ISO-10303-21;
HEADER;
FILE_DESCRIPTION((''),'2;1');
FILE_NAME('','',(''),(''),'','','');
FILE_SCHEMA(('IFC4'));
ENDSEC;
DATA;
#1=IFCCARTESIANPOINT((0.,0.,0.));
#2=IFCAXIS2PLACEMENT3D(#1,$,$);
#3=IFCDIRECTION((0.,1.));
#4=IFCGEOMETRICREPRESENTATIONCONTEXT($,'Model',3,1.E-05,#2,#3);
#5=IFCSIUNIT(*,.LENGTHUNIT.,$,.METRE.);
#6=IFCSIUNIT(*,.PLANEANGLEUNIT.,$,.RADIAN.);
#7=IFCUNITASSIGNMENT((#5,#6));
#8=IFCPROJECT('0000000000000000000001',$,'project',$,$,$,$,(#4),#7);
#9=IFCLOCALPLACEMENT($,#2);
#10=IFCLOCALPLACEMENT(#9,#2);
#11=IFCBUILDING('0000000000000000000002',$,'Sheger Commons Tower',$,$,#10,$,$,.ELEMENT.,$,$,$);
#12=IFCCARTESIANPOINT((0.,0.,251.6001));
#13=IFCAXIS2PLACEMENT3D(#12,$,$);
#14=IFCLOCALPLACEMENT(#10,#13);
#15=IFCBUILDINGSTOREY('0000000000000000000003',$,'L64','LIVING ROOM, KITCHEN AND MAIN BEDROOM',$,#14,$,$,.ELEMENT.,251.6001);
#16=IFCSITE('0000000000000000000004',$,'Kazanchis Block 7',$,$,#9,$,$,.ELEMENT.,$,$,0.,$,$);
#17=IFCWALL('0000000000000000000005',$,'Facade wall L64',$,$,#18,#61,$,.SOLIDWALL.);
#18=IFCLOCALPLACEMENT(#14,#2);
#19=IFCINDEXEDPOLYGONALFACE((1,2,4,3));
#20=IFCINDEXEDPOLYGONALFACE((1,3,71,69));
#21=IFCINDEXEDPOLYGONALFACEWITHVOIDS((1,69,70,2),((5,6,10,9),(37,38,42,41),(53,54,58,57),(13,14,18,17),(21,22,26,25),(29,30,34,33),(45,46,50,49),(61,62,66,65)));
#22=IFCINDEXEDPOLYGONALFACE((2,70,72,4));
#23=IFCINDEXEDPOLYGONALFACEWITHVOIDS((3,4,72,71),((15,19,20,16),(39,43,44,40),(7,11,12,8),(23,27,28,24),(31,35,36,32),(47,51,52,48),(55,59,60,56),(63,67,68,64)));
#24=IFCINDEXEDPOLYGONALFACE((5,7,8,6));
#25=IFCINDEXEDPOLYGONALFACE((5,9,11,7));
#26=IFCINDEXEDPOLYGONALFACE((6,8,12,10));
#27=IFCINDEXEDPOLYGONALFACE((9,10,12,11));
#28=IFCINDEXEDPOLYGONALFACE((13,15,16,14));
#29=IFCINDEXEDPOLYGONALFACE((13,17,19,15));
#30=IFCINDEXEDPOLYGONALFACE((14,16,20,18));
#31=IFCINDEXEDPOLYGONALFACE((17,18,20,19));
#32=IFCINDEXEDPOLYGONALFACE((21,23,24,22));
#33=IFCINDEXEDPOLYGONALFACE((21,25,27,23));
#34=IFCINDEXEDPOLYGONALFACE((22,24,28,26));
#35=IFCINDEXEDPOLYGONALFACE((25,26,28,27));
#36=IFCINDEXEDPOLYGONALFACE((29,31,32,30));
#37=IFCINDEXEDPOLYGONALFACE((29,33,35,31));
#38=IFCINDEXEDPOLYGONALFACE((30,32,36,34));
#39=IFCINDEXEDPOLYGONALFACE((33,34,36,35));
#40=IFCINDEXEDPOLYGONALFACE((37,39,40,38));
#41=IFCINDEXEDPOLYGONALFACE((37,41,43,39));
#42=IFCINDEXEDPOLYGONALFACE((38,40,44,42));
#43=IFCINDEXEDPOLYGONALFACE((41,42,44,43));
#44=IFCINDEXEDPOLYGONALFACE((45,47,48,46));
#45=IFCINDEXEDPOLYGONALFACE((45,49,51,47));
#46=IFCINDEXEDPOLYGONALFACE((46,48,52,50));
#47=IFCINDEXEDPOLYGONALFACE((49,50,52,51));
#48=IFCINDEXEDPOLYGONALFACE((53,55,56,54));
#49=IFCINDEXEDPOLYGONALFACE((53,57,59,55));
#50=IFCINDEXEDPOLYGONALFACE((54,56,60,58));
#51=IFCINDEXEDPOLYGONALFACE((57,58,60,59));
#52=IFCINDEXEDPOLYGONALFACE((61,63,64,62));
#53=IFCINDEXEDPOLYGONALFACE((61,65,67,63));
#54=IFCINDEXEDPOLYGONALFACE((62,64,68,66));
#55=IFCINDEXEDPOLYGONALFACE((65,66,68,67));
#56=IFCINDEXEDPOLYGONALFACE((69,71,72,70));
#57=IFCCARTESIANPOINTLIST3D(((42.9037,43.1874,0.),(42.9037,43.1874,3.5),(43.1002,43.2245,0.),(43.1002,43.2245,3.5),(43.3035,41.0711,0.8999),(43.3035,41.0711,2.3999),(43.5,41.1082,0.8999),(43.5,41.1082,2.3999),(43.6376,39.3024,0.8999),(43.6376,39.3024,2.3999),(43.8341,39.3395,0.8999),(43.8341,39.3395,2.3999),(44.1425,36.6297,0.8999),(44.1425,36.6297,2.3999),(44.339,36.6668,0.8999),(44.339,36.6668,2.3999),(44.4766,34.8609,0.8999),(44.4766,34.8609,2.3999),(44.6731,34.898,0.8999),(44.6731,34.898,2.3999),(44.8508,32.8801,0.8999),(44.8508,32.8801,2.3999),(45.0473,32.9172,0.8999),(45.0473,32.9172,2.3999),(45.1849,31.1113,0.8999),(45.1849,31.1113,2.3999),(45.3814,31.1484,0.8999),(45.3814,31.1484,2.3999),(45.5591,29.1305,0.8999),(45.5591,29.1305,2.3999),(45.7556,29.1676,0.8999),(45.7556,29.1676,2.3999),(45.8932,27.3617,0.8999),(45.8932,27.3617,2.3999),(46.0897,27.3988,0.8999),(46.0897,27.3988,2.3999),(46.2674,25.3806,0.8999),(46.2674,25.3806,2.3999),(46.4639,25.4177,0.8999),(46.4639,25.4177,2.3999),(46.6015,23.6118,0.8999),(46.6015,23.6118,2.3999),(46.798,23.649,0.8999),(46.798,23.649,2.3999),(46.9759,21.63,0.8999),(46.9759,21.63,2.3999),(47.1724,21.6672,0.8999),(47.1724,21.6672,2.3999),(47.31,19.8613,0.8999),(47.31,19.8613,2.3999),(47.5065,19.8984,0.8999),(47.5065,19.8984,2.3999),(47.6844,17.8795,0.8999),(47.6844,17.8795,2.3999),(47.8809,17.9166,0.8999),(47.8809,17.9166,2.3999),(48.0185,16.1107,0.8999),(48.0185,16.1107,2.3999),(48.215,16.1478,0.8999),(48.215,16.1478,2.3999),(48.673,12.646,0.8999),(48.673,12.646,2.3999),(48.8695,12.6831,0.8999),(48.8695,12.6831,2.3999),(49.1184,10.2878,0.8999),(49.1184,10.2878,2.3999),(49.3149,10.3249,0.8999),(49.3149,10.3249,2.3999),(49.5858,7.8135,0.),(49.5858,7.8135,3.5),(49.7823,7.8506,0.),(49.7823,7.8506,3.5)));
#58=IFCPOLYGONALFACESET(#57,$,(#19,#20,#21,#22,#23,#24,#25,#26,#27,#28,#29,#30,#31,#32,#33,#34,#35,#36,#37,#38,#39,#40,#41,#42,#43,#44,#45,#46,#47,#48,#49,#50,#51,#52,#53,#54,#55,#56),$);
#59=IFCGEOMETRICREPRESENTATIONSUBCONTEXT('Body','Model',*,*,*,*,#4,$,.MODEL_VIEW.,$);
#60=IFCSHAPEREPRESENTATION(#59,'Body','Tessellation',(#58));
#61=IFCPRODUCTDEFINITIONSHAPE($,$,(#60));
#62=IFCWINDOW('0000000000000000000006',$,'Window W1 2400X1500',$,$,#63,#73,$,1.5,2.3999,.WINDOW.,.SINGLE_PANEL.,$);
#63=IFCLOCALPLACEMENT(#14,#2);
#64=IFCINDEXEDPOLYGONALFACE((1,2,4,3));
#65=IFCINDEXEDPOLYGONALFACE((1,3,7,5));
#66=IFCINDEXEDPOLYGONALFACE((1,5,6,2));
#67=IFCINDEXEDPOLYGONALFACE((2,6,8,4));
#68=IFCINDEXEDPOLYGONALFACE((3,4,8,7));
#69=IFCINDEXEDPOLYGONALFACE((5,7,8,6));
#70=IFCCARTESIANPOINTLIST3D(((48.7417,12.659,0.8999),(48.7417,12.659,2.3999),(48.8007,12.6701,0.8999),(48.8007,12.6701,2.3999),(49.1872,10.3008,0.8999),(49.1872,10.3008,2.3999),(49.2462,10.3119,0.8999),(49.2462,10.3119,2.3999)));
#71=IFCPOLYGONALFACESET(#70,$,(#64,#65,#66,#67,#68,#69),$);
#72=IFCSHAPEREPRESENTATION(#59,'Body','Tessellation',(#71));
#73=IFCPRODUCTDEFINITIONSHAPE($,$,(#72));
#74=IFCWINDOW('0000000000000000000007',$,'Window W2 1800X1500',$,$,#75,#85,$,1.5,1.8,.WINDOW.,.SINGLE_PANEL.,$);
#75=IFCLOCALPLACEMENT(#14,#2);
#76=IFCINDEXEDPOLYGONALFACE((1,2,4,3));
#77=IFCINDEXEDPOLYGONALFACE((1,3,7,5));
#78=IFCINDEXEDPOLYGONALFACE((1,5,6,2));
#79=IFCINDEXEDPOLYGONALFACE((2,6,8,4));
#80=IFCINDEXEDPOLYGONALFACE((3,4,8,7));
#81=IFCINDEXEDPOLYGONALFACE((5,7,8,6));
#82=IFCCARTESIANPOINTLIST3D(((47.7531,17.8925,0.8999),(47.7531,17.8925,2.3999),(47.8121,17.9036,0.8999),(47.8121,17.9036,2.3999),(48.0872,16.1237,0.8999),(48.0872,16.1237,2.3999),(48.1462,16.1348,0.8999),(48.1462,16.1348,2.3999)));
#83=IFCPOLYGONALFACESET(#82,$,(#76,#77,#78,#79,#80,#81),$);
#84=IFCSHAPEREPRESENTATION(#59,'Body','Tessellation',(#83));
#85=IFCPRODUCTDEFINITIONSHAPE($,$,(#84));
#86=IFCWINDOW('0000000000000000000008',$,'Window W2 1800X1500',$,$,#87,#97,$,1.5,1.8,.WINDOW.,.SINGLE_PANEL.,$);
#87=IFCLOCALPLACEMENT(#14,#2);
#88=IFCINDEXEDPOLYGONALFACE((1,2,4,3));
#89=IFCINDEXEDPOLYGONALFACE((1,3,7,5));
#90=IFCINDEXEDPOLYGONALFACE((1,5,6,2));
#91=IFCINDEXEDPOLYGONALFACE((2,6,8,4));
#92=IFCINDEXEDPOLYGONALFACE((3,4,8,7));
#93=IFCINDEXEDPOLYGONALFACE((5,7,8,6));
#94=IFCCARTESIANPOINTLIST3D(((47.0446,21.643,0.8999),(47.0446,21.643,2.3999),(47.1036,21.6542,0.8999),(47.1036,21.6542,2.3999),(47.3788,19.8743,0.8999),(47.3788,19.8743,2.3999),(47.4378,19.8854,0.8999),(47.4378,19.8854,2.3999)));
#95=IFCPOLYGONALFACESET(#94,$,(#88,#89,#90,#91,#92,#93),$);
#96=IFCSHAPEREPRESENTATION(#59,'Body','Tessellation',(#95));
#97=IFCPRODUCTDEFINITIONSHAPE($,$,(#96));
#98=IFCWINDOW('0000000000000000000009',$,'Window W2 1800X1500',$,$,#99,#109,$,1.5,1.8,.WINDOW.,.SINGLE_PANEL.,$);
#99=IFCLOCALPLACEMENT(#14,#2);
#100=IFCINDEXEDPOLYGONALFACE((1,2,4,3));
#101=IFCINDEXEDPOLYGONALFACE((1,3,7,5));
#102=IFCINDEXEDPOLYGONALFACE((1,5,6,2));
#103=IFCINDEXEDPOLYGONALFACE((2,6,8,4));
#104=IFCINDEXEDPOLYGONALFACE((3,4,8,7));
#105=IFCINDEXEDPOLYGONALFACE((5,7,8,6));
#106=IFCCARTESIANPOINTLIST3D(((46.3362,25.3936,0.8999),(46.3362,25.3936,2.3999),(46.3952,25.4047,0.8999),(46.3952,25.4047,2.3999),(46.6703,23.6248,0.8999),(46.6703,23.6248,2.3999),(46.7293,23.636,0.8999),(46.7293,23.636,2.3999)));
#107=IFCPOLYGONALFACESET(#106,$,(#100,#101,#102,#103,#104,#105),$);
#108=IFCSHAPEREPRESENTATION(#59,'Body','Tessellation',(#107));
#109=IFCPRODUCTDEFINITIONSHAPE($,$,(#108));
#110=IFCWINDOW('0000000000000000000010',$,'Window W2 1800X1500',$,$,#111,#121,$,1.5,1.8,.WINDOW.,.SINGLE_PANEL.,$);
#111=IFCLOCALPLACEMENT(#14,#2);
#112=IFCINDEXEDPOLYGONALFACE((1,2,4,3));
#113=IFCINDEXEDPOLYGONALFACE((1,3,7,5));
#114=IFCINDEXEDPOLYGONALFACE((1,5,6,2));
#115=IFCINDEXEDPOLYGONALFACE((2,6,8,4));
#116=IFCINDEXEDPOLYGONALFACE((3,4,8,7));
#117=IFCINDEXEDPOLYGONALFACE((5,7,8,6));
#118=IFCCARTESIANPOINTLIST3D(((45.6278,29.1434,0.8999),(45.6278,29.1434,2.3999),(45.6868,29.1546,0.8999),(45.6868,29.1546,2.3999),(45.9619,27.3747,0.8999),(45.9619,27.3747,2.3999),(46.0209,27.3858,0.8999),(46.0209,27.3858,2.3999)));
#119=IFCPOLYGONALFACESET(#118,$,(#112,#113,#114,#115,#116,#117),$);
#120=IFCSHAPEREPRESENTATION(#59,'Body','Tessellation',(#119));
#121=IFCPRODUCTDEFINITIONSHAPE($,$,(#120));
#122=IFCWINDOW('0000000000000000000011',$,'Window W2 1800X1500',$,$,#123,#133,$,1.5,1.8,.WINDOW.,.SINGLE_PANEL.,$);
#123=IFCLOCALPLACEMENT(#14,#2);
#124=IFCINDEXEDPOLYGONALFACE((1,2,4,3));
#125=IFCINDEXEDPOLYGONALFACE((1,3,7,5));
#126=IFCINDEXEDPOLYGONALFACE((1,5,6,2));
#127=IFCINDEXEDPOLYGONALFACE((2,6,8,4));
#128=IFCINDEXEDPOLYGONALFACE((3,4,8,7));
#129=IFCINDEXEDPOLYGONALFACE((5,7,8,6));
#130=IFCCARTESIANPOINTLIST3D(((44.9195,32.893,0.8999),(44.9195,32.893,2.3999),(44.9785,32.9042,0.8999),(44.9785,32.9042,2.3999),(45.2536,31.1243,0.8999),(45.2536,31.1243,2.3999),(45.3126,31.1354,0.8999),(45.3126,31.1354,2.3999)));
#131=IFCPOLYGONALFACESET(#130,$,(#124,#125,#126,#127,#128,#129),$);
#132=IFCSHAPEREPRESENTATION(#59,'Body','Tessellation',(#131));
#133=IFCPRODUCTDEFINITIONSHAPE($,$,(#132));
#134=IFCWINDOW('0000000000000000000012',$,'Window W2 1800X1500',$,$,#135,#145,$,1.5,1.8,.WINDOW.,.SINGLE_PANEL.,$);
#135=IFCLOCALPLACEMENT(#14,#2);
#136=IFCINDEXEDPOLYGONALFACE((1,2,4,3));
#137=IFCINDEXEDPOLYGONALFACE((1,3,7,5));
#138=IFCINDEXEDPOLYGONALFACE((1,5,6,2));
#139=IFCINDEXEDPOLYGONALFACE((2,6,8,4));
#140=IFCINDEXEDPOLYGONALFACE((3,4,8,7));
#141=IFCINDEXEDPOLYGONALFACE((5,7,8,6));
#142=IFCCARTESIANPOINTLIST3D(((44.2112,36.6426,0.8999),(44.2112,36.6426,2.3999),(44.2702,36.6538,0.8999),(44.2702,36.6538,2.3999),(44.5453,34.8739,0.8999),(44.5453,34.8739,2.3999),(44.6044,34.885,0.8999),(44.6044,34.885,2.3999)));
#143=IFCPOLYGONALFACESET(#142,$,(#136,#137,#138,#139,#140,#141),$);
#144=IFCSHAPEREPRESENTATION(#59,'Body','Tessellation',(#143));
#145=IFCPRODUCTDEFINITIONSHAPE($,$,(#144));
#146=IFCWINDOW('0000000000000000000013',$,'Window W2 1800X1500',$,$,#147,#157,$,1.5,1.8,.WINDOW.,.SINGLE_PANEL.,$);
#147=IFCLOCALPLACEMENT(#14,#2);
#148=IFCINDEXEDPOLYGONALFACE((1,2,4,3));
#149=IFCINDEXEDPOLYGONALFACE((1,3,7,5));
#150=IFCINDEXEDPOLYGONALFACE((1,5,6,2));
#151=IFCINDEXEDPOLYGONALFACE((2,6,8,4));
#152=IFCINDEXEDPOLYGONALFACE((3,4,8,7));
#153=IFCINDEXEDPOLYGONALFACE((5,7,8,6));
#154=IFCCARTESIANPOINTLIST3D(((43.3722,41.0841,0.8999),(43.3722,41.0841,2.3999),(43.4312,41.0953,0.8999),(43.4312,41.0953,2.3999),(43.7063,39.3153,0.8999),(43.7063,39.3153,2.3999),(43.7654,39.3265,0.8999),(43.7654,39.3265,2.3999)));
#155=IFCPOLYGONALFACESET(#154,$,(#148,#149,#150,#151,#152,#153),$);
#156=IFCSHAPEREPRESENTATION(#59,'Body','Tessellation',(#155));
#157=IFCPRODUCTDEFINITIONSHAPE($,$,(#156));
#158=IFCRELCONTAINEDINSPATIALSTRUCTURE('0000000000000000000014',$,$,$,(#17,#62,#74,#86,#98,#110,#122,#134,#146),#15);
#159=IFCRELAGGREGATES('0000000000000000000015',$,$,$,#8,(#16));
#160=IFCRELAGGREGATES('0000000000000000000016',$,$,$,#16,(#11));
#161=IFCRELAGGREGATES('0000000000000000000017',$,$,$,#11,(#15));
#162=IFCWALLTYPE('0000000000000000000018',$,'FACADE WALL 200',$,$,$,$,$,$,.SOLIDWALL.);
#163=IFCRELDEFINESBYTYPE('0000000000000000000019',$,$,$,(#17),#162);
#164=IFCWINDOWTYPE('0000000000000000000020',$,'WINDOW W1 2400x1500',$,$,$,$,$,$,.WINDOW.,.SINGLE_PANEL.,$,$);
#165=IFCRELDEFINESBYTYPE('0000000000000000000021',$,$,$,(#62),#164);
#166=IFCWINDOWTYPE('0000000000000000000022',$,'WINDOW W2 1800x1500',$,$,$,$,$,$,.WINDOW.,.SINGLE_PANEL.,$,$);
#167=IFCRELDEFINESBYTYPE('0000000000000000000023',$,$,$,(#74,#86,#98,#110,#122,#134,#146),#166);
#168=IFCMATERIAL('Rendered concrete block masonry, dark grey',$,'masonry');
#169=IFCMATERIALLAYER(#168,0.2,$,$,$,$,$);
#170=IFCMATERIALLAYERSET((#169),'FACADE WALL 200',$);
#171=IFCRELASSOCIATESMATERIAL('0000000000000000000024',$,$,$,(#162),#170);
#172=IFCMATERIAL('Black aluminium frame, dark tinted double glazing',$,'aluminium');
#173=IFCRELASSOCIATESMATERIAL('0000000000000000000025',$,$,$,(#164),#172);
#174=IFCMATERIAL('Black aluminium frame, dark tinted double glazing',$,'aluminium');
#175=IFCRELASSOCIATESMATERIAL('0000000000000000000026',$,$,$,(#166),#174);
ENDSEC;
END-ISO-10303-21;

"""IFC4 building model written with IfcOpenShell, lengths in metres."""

from ifc_helpers import new_model, si_unit, direction, frame, frame_2d, origin, place, context, subcontext, project, spatial, rectangle, extrude, material, layer, layer_set, type_object, element, fill, save


model = new_model("IFC4")

# Units and contexts
model_context = context("Model", 3, precision=1e-05, world=origin(), true_north=direction((0.0, 1.0)))
body_context = subcontext(model_context, "Body", "Model", "MODEL_VIEW")
ifc_project = project(units=[si_unit("LENGTHUNIT", "METRE"), si_unit("PLANEANGLEUNIT", "RADIAN")], contexts=[model_context])

# Site, building, storey
site_placement = place(None, origin())
site = spatial("IfcSite", under=ifc_project, at=site_placement, Name="Kazanchis Block 7", CompositionType="ELEMENT", RefElevation=0.0)
building_placement = place(site_placement, origin())
building = spatial("IfcBuilding", under=site, at=building_placement, Name="Sheger Commons Tower", CompositionType="ELEMENT")
storey_placement = place(building_placement, frame((0.0, 0.0, 251.6001)))
storey = spatial("IfcBuildingStorey", under=building, at=storey_placement, Name="L64", Description="LIVING ROOM, KITCHEN AND MAIN BEDROOM", CompositionType="ELEMENT", Elevation=251.6001)

# Shared definitions
ifc_material_1 = material(Name="Rendered concrete block masonry, dark grey", Category="masonry")
ifc_layer_1 = layer(ifc_material_1, 0.2)
ifc_layer_set_1 = layer_set([ifc_layer_1], Name="FACADE WALL 200")
wall_type_1 = type_object("IfcWallType", Name="FACADE WALL 200", PredefinedType="SOLIDWALL", material=ifc_layer_set_1)

# Wall, openings, windows
wall_1_placement = place(storey_placement, frame((49.6841, 7.832, 0.0), z_axis=(0.0, 0.0, 1.0), x_axis=(-0.185617, 0.982622, 0.0)))
wall_1 = element("IfcWall", 1, at=wall_1_placement, inside=storey, type_object=wall_type_1, Name="Facade wall L64", PredefinedType="SOLIDWALL", context=body_context, shape_type="SweptSolid", body=[
    extrude(rectangle(XDim=35.9995, YDim=0.2, at=frame_2d((17.9998, 0.0))), origin(), (0.0, 0.0, 1.0), 3.5),
])
opening_1_placement = place(wall_1_placement, frame((2.5181, 0.0, 0.8999)))
opening_1 = element("IfcOpeningElement", 2, at=opening_1_placement, cuts=wall_1, PredefinedType="OPENING", context=body_context, shape_type="SweptSolid", body=[
    extrude(rectangle(XDim=2.3999, YDim=1.5, at=frame_2d((1.2, 0.75))), frame((0.0, 0.1099, 0.0), z_axis=(0.0, -1.0, 0.0), x_axis=(1.0, 0.0, 0.0)), (0.0, 0.0, 1.0), 0.22),
])
opening_2_placement = place(wall_1_placement, frame((8.4441, 0.0, 0.8999)))
opening_2 = element("IfcOpeningElement", 3, at=opening_2_placement, cuts=wall_1, PredefinedType="OPENING", context=body_context, shape_type="SweptSolid", body=[
    extrude(rectangle(XDim=1.8, YDim=1.5, at=frame_2d((0.8999, 0.75))), frame((0.0, 0.1099, 0.0), z_axis=(0.0, -1.0, 0.0), x_axis=(1.0, 0.0, 0.0)), (0.0, 0.0, 1.0), 0.22),
])
opening_3_placement = place(wall_1_placement, frame((12.261, 0.0, 0.8999)))
opening_3 = element("IfcOpeningElement", 4, at=opening_3_placement, cuts=wall_1, PredefinedType="OPENING", context=body_context, shape_type="SweptSolid", body=[
    extrude(rectangle(XDim=1.8, YDim=1.5, at=frame_2d((0.8999, 0.75))), frame((0.0, 0.1099, 0.0), z_axis=(0.0, -1.0, 0.0), x_axis=(1.0, 0.0, 0.0)), (0.0, 0.0, 1.0), 0.22),
])
opening_4_placement = place(wall_1_placement, frame((16.0779, 0.0, 0.8999)))
opening_4 = element("IfcOpeningElement", 5, at=opening_4_placement, cuts=wall_1, PredefinedType="OPENING", context=body_context, shape_type="SweptSolid", body=[
    extrude(rectangle(XDim=1.8, YDim=1.5, at=frame_2d((0.8999, 0.75))), frame((0.0, 0.1099, 0.0), z_axis=(0.0, -1.0, 0.0), x_axis=(1.0, 0.0, 0.0)), (0.0, 0.0, 1.0), 0.22),
])
opening_5_placement = place(wall_1_placement, frame((19.894, 0.0, 0.8999)))
opening_5 = element("IfcOpeningElement", 6, at=opening_5_placement, cuts=wall_1, PredefinedType="OPENING", context=body_context, shape_type="SweptSolid", body=[
    extrude(rectangle(XDim=1.8, YDim=1.5, at=frame_2d((0.8999, 0.75))), frame((0.0, 0.1099, 0.0), z_axis=(0.0, -1.0, 0.0), x_axis=(1.0, 0.0, 0.0)), (0.0, 0.0, 1.0), 0.22),
])
opening_6_placement = place(wall_1_placement, frame((23.71, 0.0, 0.8999)))
opening_6 = element("IfcOpeningElement", 7, at=opening_6_placement, cuts=wall_1, PredefinedType="OPENING", context=body_context, shape_type="SweptSolid", body=[
    extrude(rectangle(XDim=1.8, YDim=1.5, at=frame_2d((0.8999, 0.75))), frame((0.0, 0.1099, 0.0), z_axis=(0.0, -1.0, 0.0), x_axis=(1.0, 0.0, 0.0)), (0.0, 0.0, 1.0), 0.22),
])
opening_7_placement = place(wall_1_placement, frame((27.5259, 0.0, 0.8999)))
opening_7 = element("IfcOpeningElement", 8, at=opening_7_placement, cuts=wall_1, PredefinedType="OPENING", context=body_context, shape_type="SweptSolid", body=[
    extrude(rectangle(XDim=1.8, YDim=1.5, at=frame_2d((0.8999, 0.75))), frame((0.0, 0.1099, 0.0), z_axis=(0.0, -1.0, 0.0), x_axis=(1.0, 0.0, 0.0)), (0.0, 0.0, 1.0), 0.22),
])
opening_8_placement = place(wall_1_placement, frame((32.0459, 0.0, 0.8999)))
opening_8 = element("IfcOpeningElement", 9, at=opening_8_placement, cuts=wall_1, PredefinedType="OPENING", context=body_context, shape_type="SweptSolid", body=[
    extrude(rectangle(XDim=1.8, YDim=1.5, at=frame_2d((0.8999, 0.75))), frame((0.0, 0.1099, 0.0), z_axis=(0.0, -1.0, 0.0), x_axis=(1.0, 0.0, 0.0)), (0.0, 0.0, 1.0), 0.22),
])
ifc_material_2 = material(Name="Black aluminium frame, dark tinted double glazing", Category="aluminium")
window_type_1 = type_object("IfcWindowType", Name="WINDOW W1 2400x1500", PartitioningType="SINGLE_PANEL", PredefinedType="WINDOW", material=ifc_material_2)
window_1_placement = place(opening_1_placement, origin())
window_1 = element("IfcWindow", 10, at=window_1_placement, inside=storey, type_object=window_type_1, Name="Window W1 2400X1500", OverallHeight=1.5, OverallWidth=2.3999, PartitioningType="SINGLE_PANEL", PredefinedType="WINDOW", context=body_context, shape_type="SweptSolid", body=[
    extrude(rectangle(XDim=2.3999, YDim=1.5, at=frame_2d((1.2, 0.75))), frame((0.0, 0.03, 0.0), z_axis=(0.0, -1.0, 0.0), x_axis=(1.0, 0.0, 0.0)), (0.0, 0.0, 1.0), 0.0601),
])
fill(opening_1, window_1)
ifc_material_3 = material(Name="Black aluminium frame, dark tinted double glazing", Category="aluminium")
window_type_2 = type_object("IfcWindowType", Name="WINDOW W2 1800x1500", PartitioningType="SINGLE_PANEL", PredefinedType="WINDOW", material=ifc_material_3)
window_2_placement = place(opening_2_placement, origin())
window_2 = element("IfcWindow", 11, at=window_2_placement, inside=storey, type_object=window_type_2, Name="Window W2 1800X1500", OverallHeight=1.5, OverallWidth=1.8, PartitioningType="SINGLE_PANEL", PredefinedType="WINDOW", context=body_context, shape_type="SweptSolid", body=[
    extrude(rectangle(XDim=1.8, YDim=1.5, at=frame_2d((0.8999, 0.75))), frame((0.0, 0.03, 0.0), z_axis=(0.0, -1.0, 0.0), x_axis=(1.0, 0.0, 0.0)), (0.0, 0.0, 1.0), 0.0601),
])
fill(opening_2, window_2)
window_3_placement = place(opening_3_placement, origin())
window_3 = element("IfcWindow", 12, at=window_3_placement, inside=storey, type_object=window_type_2, Name="Window W2 1800X1500", OverallHeight=1.5, OverallWidth=1.8, PartitioningType="SINGLE_PANEL", PredefinedType="WINDOW", context=body_context, shape_type="SweptSolid", body=[
    extrude(rectangle(XDim=1.8, YDim=1.5, at=frame_2d((0.8999, 0.75))), frame((0.0, 0.03, 0.0), z_axis=(0.0, -1.0, 0.0), x_axis=(1.0, 0.0, 0.0)), (0.0, 0.0, 1.0), 0.0601),
])
fill(opening_3, window_3)
window_4_placement = place(opening_4_placement, origin())
window_4 = element("IfcWindow", 13, at=window_4_placement, inside=storey, type_object=window_type_2, Name="Window W2 1800X1500", OverallHeight=1.5, OverallWidth=1.8, PartitioningType="SINGLE_PANEL", PredefinedType="WINDOW", context=body_context, shape_type="SweptSolid", body=[
    extrude(rectangle(XDim=1.8, YDim=1.5, at=frame_2d((0.8999, 0.75))), frame((0.0, 0.03, 0.0), z_axis=(0.0, -1.0, 0.0), x_axis=(1.0, 0.0, 0.0)), (0.0, 0.0, 1.0), 0.0601),
])
fill(opening_4, window_4)
window_5_placement = place(opening_5_placement, origin())
window_5 = element("IfcWindow", 14, at=window_5_placement, inside=storey, type_object=window_type_2, Name="Window W2 1800X1500", OverallHeight=1.5, OverallWidth=1.8, PartitioningType="SINGLE_PANEL", PredefinedType="WINDOW", context=body_context, shape_type="SweptSolid", body=[
    extrude(rectangle(XDim=1.8, YDim=1.5, at=frame_2d((0.8999, 0.75))), frame((0.0, 0.03, 0.0), z_axis=(0.0, -1.0, 0.0), x_axis=(1.0, 0.0, 0.0)), (0.0, 0.0, 1.0), 0.0601),
])
fill(opening_5, window_5)
window_6_placement = place(opening_6_placement, origin())
window_6 = element("IfcWindow", 15, at=window_6_placement, inside=storey, type_object=window_type_2, Name="Window W2 1800X1500", OverallHeight=1.5, OverallWidth=1.8, PartitioningType="SINGLE_PANEL", PredefinedType="WINDOW", context=body_context, shape_type="SweptSolid", body=[
    extrude(rectangle(XDim=1.8, YDim=1.5, at=frame_2d((0.8999, 0.75))), frame((0.0, 0.03, 0.0), z_axis=(0.0, -1.0, 0.0), x_axis=(1.0, 0.0, 0.0)), (0.0, 0.0, 1.0), 0.0601),
])
fill(opening_6, window_6)
window_7_placement = place(opening_7_placement, origin())
window_7 = element("IfcWindow", 16, at=window_7_placement, inside=storey, type_object=window_type_2, Name="Window W2 1800X1500", OverallHeight=1.5, OverallWidth=1.8, PartitioningType="SINGLE_PANEL", PredefinedType="WINDOW", context=body_context, shape_type="SweptSolid", body=[
    extrude(rectangle(XDim=1.8, YDim=1.5, at=frame_2d((0.8999, 0.75))), frame((0.0, 0.03, 0.0), z_axis=(0.0, -1.0, 0.0), x_axis=(1.0, 0.0, 0.0)), (0.0, 0.0, 1.0), 0.0601),
])
fill(opening_7, window_7)
window_8_placement = place(opening_8_placement, origin())
window_8 = element("IfcWindow", 17, at=window_8_placement, inside=storey, type_object=window_type_2, Name="Window W2 1800X1500", OverallHeight=1.5, OverallWidth=1.8, PartitioningType="SINGLE_PANEL", PredefinedType="WINDOW", context=body_context, shape_type="SweptSolid", body=[
    extrude(rectangle(XDim=1.8, YDim=1.5, at=frame_2d((0.8999, 0.75))), frame((0.0, 0.03, 0.0), z_axis=(0.0, -1.0, 0.0), x_axis=(1.0, 0.0, 0.0)), (0.0, 0.0, 1.0), 0.0601),
])
fill(opening_8, window_8)

save(model, "model.ifc")
